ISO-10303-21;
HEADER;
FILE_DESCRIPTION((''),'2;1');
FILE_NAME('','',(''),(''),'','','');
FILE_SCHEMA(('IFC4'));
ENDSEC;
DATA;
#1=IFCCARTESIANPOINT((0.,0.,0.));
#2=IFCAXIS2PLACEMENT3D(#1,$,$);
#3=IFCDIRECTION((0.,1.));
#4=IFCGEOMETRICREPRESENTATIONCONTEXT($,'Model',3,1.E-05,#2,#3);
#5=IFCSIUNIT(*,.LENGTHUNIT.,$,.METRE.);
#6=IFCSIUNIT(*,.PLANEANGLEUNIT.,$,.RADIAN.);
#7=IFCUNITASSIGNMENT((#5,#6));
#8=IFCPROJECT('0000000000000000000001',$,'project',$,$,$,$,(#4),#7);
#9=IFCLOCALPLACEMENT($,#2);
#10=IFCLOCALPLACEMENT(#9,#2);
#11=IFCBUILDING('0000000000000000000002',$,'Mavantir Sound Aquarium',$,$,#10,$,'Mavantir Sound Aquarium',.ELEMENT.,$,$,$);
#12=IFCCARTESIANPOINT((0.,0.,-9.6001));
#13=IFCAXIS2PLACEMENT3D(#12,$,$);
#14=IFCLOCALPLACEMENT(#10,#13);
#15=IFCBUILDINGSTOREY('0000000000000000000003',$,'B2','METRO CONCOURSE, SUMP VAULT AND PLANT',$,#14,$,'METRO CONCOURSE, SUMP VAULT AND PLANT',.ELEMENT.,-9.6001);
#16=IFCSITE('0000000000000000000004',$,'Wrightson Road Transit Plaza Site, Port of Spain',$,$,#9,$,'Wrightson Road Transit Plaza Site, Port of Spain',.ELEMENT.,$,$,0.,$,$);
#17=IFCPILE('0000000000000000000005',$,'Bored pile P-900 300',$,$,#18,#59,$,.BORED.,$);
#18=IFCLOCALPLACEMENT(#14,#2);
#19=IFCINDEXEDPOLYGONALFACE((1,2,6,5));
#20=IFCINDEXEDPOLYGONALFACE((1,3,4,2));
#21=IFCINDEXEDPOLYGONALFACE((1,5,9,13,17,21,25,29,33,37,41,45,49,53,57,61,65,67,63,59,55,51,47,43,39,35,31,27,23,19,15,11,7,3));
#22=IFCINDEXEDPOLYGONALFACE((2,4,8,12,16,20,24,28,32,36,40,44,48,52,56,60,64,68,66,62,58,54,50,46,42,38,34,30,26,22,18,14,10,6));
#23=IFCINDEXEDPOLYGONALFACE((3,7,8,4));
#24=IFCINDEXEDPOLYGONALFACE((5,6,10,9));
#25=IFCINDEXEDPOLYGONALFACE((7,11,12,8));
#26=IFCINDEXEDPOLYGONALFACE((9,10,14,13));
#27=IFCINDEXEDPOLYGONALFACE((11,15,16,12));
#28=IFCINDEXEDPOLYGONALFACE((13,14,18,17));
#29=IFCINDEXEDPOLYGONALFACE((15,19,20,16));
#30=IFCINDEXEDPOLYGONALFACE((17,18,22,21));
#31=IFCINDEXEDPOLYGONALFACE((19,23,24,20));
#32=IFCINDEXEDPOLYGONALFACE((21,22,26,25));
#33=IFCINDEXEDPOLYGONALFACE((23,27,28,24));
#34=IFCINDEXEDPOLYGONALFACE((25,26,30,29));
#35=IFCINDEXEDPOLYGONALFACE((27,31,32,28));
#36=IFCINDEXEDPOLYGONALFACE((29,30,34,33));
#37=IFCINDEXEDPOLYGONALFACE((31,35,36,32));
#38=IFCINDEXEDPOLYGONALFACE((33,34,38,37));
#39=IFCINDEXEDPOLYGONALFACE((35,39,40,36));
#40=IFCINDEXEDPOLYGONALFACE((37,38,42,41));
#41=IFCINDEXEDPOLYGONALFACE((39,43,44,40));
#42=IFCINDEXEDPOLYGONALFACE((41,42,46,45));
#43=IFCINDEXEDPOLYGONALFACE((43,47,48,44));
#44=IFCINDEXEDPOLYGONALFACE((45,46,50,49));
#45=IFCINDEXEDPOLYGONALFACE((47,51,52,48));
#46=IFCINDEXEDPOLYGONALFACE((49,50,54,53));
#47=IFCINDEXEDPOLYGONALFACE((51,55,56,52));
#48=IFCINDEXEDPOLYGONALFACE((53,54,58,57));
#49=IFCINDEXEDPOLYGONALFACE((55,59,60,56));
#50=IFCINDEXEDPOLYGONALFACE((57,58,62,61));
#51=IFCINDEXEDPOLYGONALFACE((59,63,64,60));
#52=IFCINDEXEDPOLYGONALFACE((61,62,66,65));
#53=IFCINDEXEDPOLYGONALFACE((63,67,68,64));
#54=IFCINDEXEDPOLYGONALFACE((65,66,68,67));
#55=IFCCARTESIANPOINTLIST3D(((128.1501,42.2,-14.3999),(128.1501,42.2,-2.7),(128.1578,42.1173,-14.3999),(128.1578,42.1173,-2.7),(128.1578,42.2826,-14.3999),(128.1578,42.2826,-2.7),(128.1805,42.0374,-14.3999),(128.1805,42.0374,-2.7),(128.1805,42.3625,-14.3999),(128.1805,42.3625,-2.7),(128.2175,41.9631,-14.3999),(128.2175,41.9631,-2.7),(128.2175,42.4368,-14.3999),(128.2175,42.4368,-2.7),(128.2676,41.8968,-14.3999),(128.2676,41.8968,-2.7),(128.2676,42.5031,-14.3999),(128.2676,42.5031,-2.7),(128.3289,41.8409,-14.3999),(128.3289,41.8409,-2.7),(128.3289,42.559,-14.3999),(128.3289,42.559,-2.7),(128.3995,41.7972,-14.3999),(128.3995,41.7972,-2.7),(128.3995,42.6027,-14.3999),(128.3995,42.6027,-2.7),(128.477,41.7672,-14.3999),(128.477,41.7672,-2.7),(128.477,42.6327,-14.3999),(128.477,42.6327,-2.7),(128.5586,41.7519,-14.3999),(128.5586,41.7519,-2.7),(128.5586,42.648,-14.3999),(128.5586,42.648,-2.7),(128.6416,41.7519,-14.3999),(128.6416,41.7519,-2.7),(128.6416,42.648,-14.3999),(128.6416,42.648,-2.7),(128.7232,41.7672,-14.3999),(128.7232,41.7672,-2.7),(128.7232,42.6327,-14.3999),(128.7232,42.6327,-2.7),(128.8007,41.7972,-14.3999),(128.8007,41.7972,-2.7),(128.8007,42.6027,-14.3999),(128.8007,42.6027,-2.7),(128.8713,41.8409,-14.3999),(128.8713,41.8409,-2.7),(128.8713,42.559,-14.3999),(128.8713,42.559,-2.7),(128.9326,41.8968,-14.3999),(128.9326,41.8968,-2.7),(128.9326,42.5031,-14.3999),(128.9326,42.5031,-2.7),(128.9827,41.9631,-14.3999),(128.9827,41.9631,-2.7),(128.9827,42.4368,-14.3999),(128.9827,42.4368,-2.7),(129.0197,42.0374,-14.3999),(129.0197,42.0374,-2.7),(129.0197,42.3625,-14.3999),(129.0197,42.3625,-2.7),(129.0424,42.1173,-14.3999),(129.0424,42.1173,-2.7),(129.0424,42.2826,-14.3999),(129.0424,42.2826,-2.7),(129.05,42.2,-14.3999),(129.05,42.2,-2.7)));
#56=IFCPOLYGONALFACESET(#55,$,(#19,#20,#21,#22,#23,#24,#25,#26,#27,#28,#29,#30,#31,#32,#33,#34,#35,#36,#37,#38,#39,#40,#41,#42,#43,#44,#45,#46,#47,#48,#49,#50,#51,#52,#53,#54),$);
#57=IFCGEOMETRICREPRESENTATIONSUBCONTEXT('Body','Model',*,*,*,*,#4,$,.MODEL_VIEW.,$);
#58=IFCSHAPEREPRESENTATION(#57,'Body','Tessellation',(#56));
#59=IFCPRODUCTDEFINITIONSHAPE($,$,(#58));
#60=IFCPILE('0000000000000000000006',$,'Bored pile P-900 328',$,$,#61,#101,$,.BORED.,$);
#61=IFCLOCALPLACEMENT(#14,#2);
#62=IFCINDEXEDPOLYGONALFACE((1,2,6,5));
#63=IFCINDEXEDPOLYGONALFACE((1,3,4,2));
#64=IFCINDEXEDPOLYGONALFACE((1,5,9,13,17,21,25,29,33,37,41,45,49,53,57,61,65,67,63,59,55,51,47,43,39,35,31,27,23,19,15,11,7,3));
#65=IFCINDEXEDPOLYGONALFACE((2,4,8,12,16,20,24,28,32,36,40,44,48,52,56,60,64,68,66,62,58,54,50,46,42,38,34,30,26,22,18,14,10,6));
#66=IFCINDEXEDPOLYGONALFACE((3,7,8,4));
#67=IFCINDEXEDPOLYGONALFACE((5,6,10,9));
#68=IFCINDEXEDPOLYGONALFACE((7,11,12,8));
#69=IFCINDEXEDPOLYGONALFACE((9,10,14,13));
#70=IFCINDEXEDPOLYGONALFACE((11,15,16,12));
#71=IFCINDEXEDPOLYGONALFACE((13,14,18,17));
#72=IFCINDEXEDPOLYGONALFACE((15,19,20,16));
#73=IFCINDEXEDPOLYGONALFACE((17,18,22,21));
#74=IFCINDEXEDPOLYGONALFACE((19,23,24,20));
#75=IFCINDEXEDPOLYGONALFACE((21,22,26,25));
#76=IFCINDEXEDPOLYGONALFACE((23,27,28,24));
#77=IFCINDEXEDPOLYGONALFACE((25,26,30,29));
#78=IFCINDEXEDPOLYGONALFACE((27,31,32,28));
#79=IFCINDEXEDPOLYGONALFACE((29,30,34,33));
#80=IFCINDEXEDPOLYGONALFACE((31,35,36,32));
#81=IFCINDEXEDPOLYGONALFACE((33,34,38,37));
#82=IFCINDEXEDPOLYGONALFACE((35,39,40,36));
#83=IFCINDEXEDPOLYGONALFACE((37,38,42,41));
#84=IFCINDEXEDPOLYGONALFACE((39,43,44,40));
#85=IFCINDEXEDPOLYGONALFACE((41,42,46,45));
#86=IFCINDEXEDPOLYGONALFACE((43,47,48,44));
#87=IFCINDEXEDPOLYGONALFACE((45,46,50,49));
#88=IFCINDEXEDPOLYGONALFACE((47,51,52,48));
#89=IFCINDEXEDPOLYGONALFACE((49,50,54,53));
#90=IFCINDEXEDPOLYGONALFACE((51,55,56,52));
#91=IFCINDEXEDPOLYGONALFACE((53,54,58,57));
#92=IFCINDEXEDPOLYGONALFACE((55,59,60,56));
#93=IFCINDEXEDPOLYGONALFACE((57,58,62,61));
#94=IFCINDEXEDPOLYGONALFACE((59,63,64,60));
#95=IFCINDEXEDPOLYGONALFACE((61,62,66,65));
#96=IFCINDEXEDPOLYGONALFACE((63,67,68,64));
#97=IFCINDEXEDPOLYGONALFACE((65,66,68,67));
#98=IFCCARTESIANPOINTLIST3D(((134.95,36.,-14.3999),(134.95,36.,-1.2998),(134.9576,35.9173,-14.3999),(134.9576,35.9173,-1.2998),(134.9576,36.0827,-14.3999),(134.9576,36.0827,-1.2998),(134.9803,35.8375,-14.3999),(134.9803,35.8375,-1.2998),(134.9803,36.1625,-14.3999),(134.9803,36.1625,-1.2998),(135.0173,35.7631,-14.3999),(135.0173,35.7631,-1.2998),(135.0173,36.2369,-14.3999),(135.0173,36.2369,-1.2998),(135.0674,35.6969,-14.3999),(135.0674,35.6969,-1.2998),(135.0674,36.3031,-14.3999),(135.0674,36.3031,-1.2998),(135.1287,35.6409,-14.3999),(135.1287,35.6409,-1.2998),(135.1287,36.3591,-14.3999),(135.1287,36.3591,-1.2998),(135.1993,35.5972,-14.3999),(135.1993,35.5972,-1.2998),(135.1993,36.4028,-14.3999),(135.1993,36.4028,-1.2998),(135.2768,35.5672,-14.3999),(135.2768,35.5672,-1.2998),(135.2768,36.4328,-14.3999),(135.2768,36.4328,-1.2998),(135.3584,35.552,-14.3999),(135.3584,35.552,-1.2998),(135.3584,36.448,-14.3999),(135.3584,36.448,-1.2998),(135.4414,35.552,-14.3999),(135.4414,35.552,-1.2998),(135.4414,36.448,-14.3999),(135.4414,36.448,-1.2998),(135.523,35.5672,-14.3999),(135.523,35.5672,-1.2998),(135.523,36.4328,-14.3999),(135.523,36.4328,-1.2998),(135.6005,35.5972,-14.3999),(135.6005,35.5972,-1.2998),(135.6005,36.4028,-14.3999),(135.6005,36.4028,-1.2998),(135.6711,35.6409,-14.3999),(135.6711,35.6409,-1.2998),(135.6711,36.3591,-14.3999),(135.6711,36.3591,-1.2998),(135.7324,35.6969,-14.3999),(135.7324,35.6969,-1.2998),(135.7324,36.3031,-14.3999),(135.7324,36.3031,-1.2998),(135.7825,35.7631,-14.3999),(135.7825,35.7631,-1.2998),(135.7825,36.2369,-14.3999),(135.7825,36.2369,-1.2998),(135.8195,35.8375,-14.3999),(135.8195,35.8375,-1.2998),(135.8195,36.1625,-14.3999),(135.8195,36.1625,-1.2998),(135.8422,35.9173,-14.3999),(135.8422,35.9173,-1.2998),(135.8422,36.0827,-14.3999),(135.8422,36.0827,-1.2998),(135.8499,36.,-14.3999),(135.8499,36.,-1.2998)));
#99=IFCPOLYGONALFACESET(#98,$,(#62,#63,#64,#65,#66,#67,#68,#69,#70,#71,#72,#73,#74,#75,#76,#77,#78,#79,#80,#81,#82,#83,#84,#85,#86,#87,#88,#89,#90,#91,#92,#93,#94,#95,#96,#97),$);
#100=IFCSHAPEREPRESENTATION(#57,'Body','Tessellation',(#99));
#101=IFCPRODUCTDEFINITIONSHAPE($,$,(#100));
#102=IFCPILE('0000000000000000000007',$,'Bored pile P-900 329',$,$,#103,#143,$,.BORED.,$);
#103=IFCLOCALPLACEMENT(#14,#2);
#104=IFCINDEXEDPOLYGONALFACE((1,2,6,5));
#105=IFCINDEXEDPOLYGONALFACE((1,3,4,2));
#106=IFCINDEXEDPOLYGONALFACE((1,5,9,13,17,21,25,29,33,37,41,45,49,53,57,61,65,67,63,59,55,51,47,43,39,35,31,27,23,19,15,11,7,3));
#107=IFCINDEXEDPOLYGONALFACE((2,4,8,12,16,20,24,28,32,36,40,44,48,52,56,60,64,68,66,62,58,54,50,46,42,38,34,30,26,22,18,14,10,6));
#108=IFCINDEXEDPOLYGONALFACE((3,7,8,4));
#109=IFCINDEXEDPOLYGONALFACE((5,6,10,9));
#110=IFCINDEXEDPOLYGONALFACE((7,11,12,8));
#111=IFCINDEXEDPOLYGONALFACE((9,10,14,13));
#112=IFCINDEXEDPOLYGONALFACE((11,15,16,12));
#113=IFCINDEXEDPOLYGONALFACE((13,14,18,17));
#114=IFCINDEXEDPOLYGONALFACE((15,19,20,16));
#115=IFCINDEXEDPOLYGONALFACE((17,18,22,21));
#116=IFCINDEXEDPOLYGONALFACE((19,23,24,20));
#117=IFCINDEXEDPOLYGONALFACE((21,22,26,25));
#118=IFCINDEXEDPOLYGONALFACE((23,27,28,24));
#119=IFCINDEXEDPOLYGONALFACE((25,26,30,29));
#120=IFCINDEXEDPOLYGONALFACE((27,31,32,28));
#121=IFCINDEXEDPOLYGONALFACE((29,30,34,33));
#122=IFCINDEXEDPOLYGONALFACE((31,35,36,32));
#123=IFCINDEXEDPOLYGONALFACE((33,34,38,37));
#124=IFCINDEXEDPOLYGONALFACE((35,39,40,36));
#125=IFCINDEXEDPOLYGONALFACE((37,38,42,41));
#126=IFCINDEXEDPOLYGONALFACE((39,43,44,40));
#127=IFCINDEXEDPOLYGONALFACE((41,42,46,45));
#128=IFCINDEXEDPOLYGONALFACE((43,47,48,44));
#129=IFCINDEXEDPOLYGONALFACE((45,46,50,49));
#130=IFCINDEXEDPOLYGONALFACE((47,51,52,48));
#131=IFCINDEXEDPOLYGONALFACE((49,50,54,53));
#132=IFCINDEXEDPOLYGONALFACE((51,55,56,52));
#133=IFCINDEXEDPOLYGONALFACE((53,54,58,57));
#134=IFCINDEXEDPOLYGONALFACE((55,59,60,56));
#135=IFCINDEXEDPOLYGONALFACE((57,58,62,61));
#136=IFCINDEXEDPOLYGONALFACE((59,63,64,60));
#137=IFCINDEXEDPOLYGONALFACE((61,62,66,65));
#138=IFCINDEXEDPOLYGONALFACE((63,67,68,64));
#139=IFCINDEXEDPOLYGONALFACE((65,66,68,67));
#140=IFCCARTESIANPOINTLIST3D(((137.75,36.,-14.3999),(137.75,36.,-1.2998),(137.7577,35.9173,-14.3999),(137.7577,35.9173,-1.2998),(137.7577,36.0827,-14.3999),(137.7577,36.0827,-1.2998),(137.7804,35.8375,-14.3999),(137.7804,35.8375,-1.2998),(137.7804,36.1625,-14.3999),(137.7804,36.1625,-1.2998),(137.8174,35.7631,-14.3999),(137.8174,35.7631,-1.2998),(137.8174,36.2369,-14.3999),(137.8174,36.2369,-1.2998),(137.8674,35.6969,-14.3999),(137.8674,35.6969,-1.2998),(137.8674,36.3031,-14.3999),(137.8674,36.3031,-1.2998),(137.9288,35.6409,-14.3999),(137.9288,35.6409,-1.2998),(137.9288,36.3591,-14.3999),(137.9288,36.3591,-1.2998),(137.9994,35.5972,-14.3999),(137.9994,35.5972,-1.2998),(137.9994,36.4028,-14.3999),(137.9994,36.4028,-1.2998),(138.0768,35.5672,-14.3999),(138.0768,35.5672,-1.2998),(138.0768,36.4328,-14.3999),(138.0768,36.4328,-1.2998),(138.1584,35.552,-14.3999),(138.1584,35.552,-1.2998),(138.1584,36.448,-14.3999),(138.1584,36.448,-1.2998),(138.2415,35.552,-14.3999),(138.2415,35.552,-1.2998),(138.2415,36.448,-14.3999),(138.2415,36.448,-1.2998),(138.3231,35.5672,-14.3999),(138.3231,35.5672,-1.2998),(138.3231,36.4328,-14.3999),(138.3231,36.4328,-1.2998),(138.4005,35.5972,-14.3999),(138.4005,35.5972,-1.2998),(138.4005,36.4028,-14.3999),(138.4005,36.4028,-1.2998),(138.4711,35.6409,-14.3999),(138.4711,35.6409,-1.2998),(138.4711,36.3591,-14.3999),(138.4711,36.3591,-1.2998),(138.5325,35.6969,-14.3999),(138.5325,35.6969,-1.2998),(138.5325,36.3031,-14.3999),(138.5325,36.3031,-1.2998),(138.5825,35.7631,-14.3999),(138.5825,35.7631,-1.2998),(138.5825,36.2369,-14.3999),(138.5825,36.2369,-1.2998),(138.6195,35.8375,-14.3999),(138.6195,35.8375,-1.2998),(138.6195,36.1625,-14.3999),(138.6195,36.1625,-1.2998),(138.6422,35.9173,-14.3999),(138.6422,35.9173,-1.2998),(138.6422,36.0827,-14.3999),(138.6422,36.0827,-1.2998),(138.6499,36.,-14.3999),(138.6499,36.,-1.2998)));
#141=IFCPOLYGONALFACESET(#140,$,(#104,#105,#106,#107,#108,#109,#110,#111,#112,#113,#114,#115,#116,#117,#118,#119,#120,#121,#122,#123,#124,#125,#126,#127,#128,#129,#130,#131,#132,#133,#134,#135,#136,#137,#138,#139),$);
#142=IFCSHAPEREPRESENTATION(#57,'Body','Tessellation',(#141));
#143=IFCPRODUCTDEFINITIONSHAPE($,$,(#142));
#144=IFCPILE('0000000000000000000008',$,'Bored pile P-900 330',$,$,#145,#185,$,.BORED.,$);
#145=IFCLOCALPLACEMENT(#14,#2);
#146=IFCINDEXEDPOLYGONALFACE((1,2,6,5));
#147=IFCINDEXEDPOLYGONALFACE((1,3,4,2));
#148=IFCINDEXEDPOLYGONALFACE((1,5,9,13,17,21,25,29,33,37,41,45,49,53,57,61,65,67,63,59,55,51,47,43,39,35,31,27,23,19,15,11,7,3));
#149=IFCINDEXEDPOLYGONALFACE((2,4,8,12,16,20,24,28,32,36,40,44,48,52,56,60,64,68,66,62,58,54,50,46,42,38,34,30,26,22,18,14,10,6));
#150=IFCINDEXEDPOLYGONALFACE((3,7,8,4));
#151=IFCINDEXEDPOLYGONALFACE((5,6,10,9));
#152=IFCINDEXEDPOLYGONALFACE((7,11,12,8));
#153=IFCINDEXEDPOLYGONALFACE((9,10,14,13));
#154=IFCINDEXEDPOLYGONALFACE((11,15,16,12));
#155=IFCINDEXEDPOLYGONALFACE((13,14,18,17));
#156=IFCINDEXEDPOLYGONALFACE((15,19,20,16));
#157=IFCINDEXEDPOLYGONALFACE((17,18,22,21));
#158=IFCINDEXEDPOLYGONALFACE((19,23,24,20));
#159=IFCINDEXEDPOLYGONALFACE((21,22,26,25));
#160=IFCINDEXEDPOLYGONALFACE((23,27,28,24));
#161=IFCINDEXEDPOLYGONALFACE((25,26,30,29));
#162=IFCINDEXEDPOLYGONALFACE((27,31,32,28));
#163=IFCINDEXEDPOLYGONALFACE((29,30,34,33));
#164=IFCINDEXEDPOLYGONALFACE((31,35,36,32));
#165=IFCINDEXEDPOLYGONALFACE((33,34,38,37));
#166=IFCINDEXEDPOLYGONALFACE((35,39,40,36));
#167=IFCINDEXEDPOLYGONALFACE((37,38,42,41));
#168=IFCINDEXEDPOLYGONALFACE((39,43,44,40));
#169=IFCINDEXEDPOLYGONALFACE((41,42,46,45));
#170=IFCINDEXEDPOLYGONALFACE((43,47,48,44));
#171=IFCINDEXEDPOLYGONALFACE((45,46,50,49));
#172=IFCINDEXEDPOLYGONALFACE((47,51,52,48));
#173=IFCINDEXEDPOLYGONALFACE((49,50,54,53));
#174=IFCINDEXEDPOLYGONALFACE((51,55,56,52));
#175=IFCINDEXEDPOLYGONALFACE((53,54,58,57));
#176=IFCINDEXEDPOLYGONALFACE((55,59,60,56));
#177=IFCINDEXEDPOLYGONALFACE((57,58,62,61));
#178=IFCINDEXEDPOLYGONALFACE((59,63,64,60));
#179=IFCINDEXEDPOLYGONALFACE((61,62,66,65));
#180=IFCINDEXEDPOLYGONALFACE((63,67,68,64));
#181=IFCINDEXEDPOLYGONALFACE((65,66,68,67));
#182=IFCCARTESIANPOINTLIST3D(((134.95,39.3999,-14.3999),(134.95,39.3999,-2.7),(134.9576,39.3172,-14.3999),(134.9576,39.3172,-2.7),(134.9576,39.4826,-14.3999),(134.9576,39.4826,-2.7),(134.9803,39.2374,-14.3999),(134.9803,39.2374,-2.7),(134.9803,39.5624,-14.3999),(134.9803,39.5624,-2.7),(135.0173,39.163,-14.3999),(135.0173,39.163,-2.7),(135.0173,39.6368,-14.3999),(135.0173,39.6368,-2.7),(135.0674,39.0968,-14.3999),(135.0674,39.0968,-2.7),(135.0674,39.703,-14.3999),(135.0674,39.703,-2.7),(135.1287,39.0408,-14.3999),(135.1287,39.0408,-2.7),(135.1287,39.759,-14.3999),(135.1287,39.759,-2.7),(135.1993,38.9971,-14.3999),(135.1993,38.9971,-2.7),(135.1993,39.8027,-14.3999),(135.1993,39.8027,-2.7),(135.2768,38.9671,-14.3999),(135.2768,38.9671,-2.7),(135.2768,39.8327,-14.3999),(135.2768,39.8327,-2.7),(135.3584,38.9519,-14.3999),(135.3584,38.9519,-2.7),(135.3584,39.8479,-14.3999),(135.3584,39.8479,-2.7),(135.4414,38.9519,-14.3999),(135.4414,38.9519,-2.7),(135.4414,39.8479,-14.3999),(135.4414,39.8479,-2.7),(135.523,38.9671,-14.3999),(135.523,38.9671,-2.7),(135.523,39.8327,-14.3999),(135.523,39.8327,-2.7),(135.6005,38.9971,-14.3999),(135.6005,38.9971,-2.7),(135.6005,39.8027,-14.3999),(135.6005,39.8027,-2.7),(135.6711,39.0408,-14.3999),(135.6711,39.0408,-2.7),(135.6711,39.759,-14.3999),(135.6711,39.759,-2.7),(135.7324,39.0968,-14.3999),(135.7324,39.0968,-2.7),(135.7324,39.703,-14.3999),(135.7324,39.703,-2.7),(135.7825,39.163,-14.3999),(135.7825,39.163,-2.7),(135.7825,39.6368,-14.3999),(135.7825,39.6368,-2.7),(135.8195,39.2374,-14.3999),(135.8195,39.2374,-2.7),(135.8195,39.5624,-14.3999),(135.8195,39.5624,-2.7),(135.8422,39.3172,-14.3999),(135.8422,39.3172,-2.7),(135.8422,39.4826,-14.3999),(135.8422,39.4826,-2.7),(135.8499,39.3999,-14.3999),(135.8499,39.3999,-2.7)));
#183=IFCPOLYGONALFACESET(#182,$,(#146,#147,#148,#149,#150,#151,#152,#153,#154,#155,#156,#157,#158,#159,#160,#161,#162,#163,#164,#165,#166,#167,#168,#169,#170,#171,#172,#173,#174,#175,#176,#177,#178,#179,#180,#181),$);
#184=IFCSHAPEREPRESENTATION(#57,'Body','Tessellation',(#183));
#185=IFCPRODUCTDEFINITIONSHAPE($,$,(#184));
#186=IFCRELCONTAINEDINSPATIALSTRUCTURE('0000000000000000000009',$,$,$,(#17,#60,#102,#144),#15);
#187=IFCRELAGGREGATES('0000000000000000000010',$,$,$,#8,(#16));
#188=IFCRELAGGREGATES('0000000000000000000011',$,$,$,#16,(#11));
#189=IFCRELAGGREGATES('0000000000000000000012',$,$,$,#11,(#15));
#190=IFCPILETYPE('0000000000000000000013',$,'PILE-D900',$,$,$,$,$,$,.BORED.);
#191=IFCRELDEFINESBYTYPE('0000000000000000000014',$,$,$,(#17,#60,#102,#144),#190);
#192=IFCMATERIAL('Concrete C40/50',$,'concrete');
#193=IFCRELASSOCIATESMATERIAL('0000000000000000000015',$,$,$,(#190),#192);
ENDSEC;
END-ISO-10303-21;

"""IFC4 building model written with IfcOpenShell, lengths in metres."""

from ifc_helpers import new_model, si_unit, direction, frame, origin, origin_2d, place, context, subcontext, project, spatial, circle, extrude, material, material_profile, profile_set, type_object, element, save


model = new_model("IFC4")

# Units and contexts
model_context = context("Model", 3, precision=1e-05, world=origin(), true_north=direction((0.0, 1.0)))
body_context = subcontext(model_context, "Body", "Model", "MODEL_VIEW")
ifc_project = project(units=[si_unit("LENGTHUNIT", "METRE"), si_unit("PLANEANGLEUNIT", "RADIAN")], contexts=[model_context])

# Site, building, storey
site_placement = place(None, origin())
site = spatial("IfcSite", under=ifc_project, at=site_placement, Name="Wrightson Road Transit Plaza Site, Port of Spain", LongName="Wrightson Road Transit Plaza Site, Port of Spain", CompositionType="ELEMENT", RefElevation=0.0)
building_placement = place(site_placement, origin())
building = spatial("IfcBuilding", under=site, at=building_placement, Name="Mavantir Sound Aquarium", LongName="Mavantir Sound Aquarium", CompositionType="ELEMENT")
storey_placement = place(building_placement, frame((0.0, 0.0, -9.6001)))
storey = spatial("IfcBuildingStorey", under=building, at=storey_placement, Name="B2", Description="METRO CONCOURSE, SUMP VAULT AND PLANT", LongName="METRO CONCOURSE, SUMP VAULT AND PLANT", CompositionType="ELEMENT", Elevation=-9.6001)

# Shared definitions
ifc_material_1 = material(Name="Concrete C40/50", Category="concrete")

# Piles
ifc_material_profile_1 = material_profile(ifc_material_1, circle(Radius=0.45, at=origin_2d()), Name="PILE D900")
ifc_profile_set_1 = profile_set([ifc_material_profile_1], Name="Concrete C40/50")
pile_type = type_object("IfcPileType", Name="PILE-D900", PredefinedType="BORED", material=ifc_profile_set_1)
for number, where, z_axis, x_axis, name in (
    (1, (128.6001, 42.2, -2.7), (0.0, 0.0, -1.0), (1.0, 0.0, 0.0), "Bored pile P-900 300"),
):
    element("IfcPile", number, at=place(storey_placement, frame(where, z_axis=z_axis, x_axis=x_axis)), inside=storey, type_object=pile_type, Name=name, PredefinedType="BORED", context=body_context, shape_type="SweptSolid", body=[
        extrude(circle(Radius=0.45, at=origin_2d()), origin(), (0.0, 0.0, 1.0), 11.7),
    ])
for number, where, z_axis, x_axis, name in (
    (2, (135.3999, 36.0, -1.2998), (0.0, 0.0, -1.0), (1.0, 0.0, 0.0), "Bored pile P-900 328"),
    (3, (138.2, 36.0, -1.2998), (0.0, 0.0, -1.0), (1.0, 0.0, 0.0), "Bored pile P-900 329"),
):
    element("IfcPile", number, at=place(storey_placement, frame(where, z_axis=z_axis, x_axis=x_axis)), inside=storey, type_object=pile_type, Name=name, PredefinedType="BORED", context=body_context, shape_type="SweptSolid", body=[
        extrude(circle(Radius=0.45, at=origin_2d()), origin(), (0.0, 0.0, 1.0), 13.1001),
    ])
for number, where, z_axis, x_axis, name in (
    (4, (135.3999, 39.3999, -2.7), (0.0, 0.0, -1.0), (1.0, 0.0, 0.0), "Bored pile P-900 330"),
):
    element("IfcPile", number, at=place(storey_placement, frame(where, z_axis=z_axis, x_axis=x_axis)), inside=storey, type_object=pile_type, Name=name, PredefinedType="BORED", context=body_context, shape_type="SweptSolid", body=[
        extrude(circle(Radius=0.45, at=origin_2d()), origin(), (0.0, 0.0, 1.0), 11.7),
    ])

save(model, "model.ifc")
